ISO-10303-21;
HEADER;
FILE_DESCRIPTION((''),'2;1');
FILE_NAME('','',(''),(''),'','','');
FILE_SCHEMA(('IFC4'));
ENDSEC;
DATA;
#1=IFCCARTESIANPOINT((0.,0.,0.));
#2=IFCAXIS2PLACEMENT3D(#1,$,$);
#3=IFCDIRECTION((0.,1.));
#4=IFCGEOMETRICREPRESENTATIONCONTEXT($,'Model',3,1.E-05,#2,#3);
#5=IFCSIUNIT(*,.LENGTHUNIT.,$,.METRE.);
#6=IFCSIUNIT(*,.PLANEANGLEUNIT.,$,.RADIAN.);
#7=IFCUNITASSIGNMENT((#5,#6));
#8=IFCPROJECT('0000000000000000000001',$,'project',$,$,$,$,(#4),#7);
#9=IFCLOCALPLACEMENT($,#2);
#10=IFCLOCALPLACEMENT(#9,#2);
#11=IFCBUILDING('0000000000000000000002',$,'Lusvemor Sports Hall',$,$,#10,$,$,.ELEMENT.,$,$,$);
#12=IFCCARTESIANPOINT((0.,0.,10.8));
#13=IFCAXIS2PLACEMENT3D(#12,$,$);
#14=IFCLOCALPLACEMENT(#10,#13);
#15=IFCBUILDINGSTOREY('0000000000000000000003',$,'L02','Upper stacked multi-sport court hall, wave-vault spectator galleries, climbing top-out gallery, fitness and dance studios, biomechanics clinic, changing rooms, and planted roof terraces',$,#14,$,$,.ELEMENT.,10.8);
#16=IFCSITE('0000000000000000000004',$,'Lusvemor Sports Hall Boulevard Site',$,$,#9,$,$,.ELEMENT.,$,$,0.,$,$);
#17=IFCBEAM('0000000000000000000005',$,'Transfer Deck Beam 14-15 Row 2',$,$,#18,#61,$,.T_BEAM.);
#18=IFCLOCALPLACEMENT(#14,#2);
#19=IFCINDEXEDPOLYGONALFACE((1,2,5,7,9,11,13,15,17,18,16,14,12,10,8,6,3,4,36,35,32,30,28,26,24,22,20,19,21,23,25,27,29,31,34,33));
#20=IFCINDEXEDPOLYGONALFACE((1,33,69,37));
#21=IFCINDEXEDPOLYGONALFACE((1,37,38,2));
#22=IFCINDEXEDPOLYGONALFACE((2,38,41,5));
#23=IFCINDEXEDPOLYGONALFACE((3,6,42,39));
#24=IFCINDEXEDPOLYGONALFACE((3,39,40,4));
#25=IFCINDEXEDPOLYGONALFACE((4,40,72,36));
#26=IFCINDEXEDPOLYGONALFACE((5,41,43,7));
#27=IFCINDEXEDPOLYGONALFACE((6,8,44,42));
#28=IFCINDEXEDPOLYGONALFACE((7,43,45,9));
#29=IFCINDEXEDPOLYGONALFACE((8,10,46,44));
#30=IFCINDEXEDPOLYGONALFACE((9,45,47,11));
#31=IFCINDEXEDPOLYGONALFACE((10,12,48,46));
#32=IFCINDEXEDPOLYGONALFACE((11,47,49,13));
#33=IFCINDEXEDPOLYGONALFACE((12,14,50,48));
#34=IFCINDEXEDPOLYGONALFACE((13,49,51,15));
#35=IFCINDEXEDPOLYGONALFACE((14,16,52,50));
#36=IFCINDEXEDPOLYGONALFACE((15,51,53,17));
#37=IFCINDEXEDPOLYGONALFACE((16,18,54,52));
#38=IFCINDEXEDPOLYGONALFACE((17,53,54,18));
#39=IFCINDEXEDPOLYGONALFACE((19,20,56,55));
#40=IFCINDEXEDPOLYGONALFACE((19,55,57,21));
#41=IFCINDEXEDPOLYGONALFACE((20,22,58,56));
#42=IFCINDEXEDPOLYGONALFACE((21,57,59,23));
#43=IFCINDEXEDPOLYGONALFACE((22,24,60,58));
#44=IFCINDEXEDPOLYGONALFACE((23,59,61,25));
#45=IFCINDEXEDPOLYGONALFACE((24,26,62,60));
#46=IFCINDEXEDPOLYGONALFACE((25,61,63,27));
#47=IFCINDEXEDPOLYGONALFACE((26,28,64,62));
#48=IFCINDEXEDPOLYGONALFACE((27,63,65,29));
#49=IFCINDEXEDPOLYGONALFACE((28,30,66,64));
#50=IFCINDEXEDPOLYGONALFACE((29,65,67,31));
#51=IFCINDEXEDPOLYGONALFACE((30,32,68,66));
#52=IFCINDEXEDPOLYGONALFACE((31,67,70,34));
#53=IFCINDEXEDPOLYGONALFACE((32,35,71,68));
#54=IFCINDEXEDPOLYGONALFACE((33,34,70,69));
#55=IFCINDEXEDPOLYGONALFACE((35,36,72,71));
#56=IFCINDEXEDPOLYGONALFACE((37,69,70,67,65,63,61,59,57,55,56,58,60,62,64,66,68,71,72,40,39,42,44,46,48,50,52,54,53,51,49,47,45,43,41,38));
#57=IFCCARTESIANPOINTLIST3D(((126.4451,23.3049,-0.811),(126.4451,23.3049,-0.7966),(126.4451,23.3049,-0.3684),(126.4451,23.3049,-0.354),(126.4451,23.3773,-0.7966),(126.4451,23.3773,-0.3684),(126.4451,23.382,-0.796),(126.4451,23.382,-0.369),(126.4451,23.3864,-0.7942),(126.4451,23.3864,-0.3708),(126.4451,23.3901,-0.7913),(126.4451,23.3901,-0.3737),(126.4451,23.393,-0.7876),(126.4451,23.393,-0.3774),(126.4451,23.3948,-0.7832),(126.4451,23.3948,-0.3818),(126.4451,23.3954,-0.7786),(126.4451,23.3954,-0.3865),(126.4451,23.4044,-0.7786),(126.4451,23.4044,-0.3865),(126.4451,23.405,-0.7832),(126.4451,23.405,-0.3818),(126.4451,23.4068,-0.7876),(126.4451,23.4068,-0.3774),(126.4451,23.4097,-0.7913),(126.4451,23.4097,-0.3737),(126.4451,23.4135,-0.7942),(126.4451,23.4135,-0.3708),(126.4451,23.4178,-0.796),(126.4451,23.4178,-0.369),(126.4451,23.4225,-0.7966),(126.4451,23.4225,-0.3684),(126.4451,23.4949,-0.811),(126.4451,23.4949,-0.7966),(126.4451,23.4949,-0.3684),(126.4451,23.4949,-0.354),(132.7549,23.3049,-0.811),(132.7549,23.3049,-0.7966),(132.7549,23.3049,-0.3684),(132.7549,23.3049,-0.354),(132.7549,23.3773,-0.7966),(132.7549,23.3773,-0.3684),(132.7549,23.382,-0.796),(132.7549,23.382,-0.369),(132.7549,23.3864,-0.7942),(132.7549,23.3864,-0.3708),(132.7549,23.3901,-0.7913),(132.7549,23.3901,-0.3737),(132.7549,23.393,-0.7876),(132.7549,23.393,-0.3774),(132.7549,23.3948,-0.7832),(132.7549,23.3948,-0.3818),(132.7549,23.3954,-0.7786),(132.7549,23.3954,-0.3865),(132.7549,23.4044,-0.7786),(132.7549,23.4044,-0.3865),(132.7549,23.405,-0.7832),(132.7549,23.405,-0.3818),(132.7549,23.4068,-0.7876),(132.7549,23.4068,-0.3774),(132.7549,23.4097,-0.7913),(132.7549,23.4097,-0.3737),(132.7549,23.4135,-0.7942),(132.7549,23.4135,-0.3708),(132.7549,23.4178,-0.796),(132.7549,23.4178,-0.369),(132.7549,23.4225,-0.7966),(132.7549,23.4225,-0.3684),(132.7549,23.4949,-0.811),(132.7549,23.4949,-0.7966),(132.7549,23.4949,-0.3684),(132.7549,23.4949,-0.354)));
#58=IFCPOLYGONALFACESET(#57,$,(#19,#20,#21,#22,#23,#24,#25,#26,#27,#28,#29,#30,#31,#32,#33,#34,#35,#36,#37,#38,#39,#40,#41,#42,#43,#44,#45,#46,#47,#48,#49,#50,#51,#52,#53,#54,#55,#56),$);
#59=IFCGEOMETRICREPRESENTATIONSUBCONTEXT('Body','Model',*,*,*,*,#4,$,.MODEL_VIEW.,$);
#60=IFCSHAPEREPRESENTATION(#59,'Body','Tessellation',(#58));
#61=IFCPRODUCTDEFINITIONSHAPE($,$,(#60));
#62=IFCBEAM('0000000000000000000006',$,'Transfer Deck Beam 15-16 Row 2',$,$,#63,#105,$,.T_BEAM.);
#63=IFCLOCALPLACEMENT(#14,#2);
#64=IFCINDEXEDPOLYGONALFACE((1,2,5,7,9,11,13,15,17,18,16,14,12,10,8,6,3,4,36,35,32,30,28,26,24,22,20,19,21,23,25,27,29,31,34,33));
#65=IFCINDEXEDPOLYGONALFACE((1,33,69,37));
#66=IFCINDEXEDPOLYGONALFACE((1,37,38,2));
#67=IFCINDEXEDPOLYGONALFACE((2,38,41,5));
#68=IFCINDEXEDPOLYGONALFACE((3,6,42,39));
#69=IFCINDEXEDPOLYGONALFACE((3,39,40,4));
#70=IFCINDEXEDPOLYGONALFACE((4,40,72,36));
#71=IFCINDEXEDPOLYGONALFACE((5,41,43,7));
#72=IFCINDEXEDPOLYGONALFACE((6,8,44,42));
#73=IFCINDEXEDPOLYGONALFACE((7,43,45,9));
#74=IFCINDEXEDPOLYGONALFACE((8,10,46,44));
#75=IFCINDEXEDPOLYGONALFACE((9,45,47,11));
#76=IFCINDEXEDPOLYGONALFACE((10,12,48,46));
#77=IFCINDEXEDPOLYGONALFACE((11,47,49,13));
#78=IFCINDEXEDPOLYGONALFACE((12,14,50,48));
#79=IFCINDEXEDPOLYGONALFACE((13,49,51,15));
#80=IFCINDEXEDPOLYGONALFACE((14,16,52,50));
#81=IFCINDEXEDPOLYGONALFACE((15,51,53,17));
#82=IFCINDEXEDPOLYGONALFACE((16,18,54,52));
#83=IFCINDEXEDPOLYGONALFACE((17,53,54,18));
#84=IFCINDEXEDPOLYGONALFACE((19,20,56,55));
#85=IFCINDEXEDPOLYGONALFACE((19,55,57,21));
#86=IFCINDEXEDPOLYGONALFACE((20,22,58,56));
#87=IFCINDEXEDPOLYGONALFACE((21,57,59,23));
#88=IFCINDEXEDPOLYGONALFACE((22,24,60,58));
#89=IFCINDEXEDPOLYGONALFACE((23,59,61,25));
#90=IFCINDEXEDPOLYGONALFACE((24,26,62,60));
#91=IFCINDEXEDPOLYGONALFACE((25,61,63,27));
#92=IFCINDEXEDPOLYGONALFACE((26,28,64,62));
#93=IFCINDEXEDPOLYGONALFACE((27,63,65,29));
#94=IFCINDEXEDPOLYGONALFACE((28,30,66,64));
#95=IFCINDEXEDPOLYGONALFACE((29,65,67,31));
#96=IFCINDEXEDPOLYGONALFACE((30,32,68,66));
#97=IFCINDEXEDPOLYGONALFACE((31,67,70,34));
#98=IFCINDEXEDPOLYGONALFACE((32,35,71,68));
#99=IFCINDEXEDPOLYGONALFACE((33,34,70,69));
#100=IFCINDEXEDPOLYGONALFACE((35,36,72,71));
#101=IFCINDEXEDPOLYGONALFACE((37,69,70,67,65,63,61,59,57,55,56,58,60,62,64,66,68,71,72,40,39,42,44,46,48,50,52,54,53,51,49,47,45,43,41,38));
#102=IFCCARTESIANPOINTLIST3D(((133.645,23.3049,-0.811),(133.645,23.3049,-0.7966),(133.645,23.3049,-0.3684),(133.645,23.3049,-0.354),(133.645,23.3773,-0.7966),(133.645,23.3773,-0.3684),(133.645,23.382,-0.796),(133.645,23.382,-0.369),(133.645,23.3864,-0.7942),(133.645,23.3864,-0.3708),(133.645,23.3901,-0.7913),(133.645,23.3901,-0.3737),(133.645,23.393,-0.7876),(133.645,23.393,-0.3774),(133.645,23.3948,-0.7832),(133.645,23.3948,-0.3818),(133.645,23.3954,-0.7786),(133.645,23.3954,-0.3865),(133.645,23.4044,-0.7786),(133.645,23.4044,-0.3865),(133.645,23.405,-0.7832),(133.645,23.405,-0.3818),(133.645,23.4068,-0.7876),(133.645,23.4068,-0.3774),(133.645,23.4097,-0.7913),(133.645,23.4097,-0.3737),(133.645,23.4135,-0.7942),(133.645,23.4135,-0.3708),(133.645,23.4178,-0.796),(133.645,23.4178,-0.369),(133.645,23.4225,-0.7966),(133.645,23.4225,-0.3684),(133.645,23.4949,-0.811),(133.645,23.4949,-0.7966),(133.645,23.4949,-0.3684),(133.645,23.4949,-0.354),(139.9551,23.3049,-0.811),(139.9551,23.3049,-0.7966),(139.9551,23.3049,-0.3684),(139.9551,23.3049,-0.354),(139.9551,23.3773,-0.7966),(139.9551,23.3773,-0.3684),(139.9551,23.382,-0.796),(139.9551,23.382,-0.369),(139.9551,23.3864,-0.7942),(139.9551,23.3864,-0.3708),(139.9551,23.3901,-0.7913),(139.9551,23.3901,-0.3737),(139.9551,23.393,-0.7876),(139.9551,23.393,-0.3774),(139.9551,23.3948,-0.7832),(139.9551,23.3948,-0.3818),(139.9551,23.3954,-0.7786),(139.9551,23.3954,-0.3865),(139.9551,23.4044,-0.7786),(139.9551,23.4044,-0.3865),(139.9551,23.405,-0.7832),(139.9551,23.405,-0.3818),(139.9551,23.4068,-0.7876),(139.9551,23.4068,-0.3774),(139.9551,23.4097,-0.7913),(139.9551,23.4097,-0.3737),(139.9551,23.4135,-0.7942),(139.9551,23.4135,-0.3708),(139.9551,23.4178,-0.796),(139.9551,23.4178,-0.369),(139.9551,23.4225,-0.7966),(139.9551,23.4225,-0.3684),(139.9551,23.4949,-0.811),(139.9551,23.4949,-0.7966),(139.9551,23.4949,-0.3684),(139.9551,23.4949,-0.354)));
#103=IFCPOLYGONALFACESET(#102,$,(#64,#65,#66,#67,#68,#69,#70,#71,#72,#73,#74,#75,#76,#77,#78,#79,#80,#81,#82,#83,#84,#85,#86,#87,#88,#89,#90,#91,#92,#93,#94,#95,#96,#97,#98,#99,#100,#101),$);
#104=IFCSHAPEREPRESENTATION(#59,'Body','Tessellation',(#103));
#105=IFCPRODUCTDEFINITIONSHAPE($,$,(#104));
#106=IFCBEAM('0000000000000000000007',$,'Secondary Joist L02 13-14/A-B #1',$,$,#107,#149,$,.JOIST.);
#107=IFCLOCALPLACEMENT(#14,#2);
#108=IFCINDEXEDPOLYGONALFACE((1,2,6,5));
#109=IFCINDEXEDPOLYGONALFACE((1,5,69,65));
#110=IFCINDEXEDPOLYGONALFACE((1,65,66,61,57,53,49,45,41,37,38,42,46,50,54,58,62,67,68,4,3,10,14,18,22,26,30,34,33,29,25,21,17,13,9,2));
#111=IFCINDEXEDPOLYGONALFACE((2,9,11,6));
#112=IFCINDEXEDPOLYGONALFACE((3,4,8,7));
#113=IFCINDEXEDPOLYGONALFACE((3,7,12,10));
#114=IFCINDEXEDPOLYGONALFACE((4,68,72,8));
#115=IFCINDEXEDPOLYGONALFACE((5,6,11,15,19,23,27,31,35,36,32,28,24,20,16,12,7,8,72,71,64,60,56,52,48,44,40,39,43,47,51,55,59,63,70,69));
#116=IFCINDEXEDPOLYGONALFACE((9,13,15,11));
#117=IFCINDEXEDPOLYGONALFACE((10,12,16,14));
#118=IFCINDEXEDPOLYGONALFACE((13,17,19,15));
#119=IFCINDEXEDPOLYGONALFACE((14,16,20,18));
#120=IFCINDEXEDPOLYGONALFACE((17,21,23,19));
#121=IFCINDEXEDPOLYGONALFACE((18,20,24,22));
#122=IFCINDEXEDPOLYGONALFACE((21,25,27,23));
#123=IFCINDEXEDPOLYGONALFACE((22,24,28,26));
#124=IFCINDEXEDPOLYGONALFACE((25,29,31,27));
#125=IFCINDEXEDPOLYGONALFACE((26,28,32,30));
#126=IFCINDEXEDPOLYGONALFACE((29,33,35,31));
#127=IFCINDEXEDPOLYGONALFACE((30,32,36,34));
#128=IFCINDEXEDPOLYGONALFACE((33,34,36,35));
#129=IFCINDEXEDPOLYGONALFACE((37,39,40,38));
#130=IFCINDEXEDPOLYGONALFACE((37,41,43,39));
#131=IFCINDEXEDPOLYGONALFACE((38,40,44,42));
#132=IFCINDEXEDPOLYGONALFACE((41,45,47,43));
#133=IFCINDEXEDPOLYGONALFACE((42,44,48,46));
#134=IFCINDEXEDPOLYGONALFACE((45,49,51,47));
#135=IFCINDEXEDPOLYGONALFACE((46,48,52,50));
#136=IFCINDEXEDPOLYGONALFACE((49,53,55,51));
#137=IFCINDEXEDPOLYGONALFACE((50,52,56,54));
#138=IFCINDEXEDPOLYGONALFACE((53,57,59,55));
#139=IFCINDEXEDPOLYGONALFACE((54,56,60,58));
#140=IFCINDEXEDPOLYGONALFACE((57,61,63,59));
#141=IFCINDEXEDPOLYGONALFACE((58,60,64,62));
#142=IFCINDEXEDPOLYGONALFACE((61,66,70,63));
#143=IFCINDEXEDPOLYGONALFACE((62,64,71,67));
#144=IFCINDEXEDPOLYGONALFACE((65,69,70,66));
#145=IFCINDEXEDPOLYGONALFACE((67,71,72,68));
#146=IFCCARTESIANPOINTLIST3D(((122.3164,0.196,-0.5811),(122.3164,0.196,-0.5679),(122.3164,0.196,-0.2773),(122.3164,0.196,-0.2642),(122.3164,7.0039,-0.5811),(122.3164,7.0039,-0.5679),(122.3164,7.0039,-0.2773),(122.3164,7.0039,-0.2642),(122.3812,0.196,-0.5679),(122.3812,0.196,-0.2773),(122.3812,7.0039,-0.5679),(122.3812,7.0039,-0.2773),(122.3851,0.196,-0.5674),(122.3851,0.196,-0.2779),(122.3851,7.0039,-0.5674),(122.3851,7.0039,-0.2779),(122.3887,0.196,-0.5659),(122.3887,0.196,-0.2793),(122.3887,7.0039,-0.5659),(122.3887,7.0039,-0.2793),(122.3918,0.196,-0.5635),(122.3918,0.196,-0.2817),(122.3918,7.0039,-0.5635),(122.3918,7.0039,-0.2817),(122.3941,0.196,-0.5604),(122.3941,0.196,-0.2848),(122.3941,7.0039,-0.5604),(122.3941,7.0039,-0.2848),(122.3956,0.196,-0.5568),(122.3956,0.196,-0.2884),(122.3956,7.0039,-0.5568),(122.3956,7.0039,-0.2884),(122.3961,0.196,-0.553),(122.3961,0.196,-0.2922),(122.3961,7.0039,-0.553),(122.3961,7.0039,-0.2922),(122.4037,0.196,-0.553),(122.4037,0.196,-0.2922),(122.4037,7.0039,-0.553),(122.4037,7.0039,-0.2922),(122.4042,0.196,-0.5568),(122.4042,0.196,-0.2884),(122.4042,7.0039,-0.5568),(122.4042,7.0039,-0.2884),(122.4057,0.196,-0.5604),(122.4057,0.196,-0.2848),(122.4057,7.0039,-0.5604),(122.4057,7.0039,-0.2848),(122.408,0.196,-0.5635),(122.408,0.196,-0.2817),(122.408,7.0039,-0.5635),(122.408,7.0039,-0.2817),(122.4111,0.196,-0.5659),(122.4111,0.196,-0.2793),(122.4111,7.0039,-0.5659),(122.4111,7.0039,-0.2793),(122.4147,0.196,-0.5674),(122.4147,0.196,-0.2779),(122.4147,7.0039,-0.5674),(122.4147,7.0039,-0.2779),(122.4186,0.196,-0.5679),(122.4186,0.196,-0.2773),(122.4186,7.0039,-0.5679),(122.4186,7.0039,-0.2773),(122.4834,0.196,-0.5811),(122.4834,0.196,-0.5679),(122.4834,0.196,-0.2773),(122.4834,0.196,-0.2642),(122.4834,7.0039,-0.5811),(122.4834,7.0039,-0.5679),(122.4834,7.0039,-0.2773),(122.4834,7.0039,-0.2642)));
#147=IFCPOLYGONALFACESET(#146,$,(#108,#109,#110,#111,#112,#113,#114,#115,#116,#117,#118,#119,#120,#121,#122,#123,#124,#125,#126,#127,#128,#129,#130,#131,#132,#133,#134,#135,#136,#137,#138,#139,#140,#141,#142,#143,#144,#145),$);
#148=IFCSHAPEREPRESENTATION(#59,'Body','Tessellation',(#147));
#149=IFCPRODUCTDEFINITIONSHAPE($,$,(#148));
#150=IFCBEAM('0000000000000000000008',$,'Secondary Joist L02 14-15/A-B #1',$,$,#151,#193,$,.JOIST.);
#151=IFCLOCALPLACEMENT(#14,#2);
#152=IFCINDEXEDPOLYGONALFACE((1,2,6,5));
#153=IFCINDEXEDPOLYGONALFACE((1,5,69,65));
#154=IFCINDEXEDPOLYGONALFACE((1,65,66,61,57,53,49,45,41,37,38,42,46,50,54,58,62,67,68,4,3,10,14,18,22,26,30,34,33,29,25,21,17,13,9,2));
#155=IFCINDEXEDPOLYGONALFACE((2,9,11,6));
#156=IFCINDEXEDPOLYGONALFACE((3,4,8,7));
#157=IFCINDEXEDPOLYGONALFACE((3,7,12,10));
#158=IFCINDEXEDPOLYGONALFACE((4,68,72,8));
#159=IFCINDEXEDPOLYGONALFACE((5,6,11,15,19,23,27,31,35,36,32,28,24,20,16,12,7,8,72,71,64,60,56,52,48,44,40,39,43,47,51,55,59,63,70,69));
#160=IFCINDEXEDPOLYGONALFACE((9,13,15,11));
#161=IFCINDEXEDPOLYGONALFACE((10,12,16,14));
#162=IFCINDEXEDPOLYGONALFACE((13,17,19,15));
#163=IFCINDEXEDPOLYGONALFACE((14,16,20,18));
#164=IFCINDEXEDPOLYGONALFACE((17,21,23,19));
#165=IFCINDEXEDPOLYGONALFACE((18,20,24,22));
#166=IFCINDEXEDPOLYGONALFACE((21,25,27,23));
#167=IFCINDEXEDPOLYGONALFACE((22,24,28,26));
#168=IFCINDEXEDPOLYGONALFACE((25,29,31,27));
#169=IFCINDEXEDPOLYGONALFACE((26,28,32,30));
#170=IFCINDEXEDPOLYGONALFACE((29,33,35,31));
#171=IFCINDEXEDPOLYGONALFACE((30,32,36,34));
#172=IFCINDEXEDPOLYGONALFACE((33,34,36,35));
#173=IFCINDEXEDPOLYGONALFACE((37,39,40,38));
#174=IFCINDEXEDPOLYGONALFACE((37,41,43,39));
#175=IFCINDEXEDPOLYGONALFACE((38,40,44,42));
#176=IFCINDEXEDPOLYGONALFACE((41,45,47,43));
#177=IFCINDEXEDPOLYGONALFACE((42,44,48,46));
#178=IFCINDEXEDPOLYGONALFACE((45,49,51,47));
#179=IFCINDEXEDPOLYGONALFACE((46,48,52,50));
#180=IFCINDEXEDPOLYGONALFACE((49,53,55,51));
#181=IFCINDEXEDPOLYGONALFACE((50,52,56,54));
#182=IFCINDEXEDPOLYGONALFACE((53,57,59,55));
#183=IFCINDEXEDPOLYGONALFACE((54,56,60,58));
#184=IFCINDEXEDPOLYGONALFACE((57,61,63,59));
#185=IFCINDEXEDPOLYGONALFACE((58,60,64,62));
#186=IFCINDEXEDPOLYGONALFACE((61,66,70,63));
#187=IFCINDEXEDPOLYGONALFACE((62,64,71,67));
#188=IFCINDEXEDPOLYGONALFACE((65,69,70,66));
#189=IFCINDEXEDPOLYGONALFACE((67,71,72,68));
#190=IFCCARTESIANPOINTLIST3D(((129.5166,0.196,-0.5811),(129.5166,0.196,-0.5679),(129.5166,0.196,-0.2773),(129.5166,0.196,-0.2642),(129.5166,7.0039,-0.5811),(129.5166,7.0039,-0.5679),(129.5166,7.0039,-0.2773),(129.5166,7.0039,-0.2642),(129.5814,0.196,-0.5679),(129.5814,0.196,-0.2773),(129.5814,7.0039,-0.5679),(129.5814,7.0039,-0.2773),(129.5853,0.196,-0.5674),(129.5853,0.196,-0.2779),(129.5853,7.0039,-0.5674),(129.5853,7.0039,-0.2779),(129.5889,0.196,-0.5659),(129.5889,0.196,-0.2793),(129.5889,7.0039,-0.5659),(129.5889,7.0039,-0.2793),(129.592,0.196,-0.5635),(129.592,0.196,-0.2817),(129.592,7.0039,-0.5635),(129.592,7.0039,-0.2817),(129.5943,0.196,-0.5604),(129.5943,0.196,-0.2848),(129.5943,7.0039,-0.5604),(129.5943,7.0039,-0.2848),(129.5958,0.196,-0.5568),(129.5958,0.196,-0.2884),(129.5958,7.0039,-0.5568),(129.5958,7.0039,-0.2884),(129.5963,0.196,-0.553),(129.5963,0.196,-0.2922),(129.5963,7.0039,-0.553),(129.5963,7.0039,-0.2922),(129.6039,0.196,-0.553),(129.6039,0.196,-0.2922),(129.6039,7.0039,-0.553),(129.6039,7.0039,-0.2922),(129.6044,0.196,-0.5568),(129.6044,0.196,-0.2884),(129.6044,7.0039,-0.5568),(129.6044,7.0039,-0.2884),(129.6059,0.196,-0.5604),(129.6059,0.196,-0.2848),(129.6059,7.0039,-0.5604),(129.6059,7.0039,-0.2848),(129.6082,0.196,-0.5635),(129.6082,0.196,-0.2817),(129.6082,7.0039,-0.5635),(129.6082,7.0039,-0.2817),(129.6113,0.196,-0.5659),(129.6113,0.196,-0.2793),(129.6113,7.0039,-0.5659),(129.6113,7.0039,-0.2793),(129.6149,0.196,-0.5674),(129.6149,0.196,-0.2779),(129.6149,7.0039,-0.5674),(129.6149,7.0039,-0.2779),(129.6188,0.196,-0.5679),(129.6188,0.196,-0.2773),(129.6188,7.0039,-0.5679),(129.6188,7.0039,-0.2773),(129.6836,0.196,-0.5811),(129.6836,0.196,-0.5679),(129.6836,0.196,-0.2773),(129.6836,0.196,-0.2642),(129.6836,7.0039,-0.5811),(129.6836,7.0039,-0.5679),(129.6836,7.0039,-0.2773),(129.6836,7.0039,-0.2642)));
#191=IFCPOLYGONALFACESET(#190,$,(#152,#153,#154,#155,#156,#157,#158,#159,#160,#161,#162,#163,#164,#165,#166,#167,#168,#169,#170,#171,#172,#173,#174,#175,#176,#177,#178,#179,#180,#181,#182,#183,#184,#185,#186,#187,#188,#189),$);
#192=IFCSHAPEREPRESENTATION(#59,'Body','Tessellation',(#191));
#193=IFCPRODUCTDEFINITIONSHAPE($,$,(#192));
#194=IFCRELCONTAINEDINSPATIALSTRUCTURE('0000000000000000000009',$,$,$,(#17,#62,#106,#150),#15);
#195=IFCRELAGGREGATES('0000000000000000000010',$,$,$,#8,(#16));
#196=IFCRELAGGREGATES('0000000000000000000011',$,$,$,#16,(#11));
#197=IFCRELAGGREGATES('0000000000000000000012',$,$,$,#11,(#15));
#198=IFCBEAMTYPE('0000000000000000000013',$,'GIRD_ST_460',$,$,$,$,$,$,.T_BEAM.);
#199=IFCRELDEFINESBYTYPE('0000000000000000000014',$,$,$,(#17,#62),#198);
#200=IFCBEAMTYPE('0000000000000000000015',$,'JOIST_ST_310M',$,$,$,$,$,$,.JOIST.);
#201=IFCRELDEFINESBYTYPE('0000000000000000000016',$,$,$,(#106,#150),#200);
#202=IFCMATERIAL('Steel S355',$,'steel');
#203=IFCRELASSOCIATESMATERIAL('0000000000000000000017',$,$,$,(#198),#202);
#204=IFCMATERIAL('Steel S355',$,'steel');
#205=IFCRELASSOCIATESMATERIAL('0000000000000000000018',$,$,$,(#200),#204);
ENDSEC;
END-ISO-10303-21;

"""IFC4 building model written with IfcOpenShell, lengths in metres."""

from ifc_helpers import new_model, si_unit, direction, frame, origin, origin_2d, place, context, subcontext, project, spatial, i_section, extrude, material, material_profile, profile_set, type_object, element, save


model = new_model("IFC4")

# Units and contexts
model_context = context("Model", 3, precision=1e-05, world=origin(), true_north=direction((0.0, 1.0)))
body_context = subcontext(model_context, "Body", "Model", "MODEL_VIEW")
ifc_project = project(units=[si_unit("LENGTHUNIT", "METRE"), si_unit("PLANEANGLEUNIT", "RADIAN")], contexts=[model_context])

# Site, building, storey
site_placement = place(None, origin())
site = spatial("IfcSite", under=ifc_project, at=site_placement, Name="Lusvemor Sports Hall Boulevard Site", CompositionType="ELEMENT", RefElevation=0.0)
building_placement = place(site_placement, origin())
building = spatial("IfcBuilding", under=site, at=building_placement, Name="Lusvemor Sports Hall", CompositionType="ELEMENT")
storey_placement = place(building_placement, frame((0.0, 0.0, 10.8)))
storey = spatial("IfcBuildingStorey", under=building, at=storey_placement, Name="L02", Description="Upper stacked multi-sport court hall, wave-vault spectator galleries, climbing top-out gallery, fitness and dance studios, biomechanics clinic, changing rooms, and planted roof terraces", CompositionType="ELEMENT", Elevation=10.8)

# Beams
ifc_material_1 = material(Name="Steel S355", Category="steel")
ifc_material_profile_1 = material_profile(ifc_material_1, i_section(OverallWidth=0.1899, OverallDepth=0.457, WebThickness=0.009, FlangeThickness=0.0144, FilletRadius=0.0181, at=origin_2d()), Name="W460x74.0")
ifc_profile_set_1 = profile_set([ifc_material_profile_1], Name="Steel S355")
beam_type_1 = type_object("IfcBeamType", Name="GIRD_ST_460", PredefinedType="T_BEAM", material=ifc_profile_set_1)
beam_1_placement = place(storey_placement, frame((126.4451, 23.3999, -0.5825), z_axis=(1.0, 0.0, 0.0), x_axis=(0.0, 1.0, 0.0)))
element("IfcBeam", 1, at=beam_1_placement, inside=storey, type_object=beam_type_1, Name="Transfer Deck Beam 14-15 Row 2", PredefinedType="T_BEAM", context=body_context, shape_type="SweptSolid", body=[
    extrude(i_section(OverallWidth=0.1899, OverallDepth=0.457, WebThickness=0.009, FlangeThickness=0.0144, FilletRadius=0.0181, at=origin_2d()), origin(), (0.0, 0.0, 1.0), 6.3098),
])
beam_2_placement = place(storey_placement, frame((133.645, 23.3999, -0.5825), z_axis=(1.0, 0.0, 0.0), x_axis=(0.0, 1.0, 0.0)))
element("IfcBeam", 2, at=beam_2_placement, inside=storey, type_object=beam_type_1, Name="Transfer Deck Beam 15-16 Row 2", PredefinedType="T_BEAM", context=body_context, shape_type="SweptSolid", body=[
    extrude(i_section(OverallWidth=0.1899, OverallDepth=0.457, WebThickness=0.009, FlangeThickness=0.0144, FilletRadius=0.0181, at=origin_2d()), origin(), (0.0, 0.0, 1.0), 6.3101),
])
ifc_material_2 = material(Name="Steel S355", Category="steel")
ifc_material_profile_2 = material_profile(ifc_material_2, i_section(OverallWidth=0.167, OverallDepth=0.3169, WebThickness=0.0076, FlangeThickness=0.0132, FilletRadius=0.0149, at=origin_2d()), Name="W310x52.0")
ifc_profile_set_2 = profile_set([ifc_material_profile_2], Name="Steel S355")
beam_type_2 = type_object("IfcBeamType", Name="JOIST_ST_310M", PredefinedType="JOIST", material=ifc_profile_set_2)
for number, where, z_axis, x_axis, name in (
    (3, (122.3999, 0.196, -0.4226), (0.0, 1.0, 0.0), (-1.0, 0.0, 0.0), "Secondary Joist L02 13-14/A-B #1"),
    (4, (129.6001, 0.196, -0.4226), (0.0, 1.0, 0.0), (-1.0, 0.0, 0.0), "Secondary Joist L02 14-15/A-B #1"),
):
    element("IfcBeam", number, at=place(storey_placement, frame(where, z_axis=z_axis, x_axis=x_axis)), inside=storey, type_object=beam_type_2, Name=name, PredefinedType="JOIST", context=body_context, shape_type="SweptSolid", body=[
        extrude(i_section(OverallWidth=0.167, OverallDepth=0.3169, WebThickness=0.0076, FlangeThickness=0.0132, FilletRadius=0.0149, at=origin_2d()), origin(), (0.0, 0.0, 1.0), 6.8079),
    ])

save(model, "model.ifc")
